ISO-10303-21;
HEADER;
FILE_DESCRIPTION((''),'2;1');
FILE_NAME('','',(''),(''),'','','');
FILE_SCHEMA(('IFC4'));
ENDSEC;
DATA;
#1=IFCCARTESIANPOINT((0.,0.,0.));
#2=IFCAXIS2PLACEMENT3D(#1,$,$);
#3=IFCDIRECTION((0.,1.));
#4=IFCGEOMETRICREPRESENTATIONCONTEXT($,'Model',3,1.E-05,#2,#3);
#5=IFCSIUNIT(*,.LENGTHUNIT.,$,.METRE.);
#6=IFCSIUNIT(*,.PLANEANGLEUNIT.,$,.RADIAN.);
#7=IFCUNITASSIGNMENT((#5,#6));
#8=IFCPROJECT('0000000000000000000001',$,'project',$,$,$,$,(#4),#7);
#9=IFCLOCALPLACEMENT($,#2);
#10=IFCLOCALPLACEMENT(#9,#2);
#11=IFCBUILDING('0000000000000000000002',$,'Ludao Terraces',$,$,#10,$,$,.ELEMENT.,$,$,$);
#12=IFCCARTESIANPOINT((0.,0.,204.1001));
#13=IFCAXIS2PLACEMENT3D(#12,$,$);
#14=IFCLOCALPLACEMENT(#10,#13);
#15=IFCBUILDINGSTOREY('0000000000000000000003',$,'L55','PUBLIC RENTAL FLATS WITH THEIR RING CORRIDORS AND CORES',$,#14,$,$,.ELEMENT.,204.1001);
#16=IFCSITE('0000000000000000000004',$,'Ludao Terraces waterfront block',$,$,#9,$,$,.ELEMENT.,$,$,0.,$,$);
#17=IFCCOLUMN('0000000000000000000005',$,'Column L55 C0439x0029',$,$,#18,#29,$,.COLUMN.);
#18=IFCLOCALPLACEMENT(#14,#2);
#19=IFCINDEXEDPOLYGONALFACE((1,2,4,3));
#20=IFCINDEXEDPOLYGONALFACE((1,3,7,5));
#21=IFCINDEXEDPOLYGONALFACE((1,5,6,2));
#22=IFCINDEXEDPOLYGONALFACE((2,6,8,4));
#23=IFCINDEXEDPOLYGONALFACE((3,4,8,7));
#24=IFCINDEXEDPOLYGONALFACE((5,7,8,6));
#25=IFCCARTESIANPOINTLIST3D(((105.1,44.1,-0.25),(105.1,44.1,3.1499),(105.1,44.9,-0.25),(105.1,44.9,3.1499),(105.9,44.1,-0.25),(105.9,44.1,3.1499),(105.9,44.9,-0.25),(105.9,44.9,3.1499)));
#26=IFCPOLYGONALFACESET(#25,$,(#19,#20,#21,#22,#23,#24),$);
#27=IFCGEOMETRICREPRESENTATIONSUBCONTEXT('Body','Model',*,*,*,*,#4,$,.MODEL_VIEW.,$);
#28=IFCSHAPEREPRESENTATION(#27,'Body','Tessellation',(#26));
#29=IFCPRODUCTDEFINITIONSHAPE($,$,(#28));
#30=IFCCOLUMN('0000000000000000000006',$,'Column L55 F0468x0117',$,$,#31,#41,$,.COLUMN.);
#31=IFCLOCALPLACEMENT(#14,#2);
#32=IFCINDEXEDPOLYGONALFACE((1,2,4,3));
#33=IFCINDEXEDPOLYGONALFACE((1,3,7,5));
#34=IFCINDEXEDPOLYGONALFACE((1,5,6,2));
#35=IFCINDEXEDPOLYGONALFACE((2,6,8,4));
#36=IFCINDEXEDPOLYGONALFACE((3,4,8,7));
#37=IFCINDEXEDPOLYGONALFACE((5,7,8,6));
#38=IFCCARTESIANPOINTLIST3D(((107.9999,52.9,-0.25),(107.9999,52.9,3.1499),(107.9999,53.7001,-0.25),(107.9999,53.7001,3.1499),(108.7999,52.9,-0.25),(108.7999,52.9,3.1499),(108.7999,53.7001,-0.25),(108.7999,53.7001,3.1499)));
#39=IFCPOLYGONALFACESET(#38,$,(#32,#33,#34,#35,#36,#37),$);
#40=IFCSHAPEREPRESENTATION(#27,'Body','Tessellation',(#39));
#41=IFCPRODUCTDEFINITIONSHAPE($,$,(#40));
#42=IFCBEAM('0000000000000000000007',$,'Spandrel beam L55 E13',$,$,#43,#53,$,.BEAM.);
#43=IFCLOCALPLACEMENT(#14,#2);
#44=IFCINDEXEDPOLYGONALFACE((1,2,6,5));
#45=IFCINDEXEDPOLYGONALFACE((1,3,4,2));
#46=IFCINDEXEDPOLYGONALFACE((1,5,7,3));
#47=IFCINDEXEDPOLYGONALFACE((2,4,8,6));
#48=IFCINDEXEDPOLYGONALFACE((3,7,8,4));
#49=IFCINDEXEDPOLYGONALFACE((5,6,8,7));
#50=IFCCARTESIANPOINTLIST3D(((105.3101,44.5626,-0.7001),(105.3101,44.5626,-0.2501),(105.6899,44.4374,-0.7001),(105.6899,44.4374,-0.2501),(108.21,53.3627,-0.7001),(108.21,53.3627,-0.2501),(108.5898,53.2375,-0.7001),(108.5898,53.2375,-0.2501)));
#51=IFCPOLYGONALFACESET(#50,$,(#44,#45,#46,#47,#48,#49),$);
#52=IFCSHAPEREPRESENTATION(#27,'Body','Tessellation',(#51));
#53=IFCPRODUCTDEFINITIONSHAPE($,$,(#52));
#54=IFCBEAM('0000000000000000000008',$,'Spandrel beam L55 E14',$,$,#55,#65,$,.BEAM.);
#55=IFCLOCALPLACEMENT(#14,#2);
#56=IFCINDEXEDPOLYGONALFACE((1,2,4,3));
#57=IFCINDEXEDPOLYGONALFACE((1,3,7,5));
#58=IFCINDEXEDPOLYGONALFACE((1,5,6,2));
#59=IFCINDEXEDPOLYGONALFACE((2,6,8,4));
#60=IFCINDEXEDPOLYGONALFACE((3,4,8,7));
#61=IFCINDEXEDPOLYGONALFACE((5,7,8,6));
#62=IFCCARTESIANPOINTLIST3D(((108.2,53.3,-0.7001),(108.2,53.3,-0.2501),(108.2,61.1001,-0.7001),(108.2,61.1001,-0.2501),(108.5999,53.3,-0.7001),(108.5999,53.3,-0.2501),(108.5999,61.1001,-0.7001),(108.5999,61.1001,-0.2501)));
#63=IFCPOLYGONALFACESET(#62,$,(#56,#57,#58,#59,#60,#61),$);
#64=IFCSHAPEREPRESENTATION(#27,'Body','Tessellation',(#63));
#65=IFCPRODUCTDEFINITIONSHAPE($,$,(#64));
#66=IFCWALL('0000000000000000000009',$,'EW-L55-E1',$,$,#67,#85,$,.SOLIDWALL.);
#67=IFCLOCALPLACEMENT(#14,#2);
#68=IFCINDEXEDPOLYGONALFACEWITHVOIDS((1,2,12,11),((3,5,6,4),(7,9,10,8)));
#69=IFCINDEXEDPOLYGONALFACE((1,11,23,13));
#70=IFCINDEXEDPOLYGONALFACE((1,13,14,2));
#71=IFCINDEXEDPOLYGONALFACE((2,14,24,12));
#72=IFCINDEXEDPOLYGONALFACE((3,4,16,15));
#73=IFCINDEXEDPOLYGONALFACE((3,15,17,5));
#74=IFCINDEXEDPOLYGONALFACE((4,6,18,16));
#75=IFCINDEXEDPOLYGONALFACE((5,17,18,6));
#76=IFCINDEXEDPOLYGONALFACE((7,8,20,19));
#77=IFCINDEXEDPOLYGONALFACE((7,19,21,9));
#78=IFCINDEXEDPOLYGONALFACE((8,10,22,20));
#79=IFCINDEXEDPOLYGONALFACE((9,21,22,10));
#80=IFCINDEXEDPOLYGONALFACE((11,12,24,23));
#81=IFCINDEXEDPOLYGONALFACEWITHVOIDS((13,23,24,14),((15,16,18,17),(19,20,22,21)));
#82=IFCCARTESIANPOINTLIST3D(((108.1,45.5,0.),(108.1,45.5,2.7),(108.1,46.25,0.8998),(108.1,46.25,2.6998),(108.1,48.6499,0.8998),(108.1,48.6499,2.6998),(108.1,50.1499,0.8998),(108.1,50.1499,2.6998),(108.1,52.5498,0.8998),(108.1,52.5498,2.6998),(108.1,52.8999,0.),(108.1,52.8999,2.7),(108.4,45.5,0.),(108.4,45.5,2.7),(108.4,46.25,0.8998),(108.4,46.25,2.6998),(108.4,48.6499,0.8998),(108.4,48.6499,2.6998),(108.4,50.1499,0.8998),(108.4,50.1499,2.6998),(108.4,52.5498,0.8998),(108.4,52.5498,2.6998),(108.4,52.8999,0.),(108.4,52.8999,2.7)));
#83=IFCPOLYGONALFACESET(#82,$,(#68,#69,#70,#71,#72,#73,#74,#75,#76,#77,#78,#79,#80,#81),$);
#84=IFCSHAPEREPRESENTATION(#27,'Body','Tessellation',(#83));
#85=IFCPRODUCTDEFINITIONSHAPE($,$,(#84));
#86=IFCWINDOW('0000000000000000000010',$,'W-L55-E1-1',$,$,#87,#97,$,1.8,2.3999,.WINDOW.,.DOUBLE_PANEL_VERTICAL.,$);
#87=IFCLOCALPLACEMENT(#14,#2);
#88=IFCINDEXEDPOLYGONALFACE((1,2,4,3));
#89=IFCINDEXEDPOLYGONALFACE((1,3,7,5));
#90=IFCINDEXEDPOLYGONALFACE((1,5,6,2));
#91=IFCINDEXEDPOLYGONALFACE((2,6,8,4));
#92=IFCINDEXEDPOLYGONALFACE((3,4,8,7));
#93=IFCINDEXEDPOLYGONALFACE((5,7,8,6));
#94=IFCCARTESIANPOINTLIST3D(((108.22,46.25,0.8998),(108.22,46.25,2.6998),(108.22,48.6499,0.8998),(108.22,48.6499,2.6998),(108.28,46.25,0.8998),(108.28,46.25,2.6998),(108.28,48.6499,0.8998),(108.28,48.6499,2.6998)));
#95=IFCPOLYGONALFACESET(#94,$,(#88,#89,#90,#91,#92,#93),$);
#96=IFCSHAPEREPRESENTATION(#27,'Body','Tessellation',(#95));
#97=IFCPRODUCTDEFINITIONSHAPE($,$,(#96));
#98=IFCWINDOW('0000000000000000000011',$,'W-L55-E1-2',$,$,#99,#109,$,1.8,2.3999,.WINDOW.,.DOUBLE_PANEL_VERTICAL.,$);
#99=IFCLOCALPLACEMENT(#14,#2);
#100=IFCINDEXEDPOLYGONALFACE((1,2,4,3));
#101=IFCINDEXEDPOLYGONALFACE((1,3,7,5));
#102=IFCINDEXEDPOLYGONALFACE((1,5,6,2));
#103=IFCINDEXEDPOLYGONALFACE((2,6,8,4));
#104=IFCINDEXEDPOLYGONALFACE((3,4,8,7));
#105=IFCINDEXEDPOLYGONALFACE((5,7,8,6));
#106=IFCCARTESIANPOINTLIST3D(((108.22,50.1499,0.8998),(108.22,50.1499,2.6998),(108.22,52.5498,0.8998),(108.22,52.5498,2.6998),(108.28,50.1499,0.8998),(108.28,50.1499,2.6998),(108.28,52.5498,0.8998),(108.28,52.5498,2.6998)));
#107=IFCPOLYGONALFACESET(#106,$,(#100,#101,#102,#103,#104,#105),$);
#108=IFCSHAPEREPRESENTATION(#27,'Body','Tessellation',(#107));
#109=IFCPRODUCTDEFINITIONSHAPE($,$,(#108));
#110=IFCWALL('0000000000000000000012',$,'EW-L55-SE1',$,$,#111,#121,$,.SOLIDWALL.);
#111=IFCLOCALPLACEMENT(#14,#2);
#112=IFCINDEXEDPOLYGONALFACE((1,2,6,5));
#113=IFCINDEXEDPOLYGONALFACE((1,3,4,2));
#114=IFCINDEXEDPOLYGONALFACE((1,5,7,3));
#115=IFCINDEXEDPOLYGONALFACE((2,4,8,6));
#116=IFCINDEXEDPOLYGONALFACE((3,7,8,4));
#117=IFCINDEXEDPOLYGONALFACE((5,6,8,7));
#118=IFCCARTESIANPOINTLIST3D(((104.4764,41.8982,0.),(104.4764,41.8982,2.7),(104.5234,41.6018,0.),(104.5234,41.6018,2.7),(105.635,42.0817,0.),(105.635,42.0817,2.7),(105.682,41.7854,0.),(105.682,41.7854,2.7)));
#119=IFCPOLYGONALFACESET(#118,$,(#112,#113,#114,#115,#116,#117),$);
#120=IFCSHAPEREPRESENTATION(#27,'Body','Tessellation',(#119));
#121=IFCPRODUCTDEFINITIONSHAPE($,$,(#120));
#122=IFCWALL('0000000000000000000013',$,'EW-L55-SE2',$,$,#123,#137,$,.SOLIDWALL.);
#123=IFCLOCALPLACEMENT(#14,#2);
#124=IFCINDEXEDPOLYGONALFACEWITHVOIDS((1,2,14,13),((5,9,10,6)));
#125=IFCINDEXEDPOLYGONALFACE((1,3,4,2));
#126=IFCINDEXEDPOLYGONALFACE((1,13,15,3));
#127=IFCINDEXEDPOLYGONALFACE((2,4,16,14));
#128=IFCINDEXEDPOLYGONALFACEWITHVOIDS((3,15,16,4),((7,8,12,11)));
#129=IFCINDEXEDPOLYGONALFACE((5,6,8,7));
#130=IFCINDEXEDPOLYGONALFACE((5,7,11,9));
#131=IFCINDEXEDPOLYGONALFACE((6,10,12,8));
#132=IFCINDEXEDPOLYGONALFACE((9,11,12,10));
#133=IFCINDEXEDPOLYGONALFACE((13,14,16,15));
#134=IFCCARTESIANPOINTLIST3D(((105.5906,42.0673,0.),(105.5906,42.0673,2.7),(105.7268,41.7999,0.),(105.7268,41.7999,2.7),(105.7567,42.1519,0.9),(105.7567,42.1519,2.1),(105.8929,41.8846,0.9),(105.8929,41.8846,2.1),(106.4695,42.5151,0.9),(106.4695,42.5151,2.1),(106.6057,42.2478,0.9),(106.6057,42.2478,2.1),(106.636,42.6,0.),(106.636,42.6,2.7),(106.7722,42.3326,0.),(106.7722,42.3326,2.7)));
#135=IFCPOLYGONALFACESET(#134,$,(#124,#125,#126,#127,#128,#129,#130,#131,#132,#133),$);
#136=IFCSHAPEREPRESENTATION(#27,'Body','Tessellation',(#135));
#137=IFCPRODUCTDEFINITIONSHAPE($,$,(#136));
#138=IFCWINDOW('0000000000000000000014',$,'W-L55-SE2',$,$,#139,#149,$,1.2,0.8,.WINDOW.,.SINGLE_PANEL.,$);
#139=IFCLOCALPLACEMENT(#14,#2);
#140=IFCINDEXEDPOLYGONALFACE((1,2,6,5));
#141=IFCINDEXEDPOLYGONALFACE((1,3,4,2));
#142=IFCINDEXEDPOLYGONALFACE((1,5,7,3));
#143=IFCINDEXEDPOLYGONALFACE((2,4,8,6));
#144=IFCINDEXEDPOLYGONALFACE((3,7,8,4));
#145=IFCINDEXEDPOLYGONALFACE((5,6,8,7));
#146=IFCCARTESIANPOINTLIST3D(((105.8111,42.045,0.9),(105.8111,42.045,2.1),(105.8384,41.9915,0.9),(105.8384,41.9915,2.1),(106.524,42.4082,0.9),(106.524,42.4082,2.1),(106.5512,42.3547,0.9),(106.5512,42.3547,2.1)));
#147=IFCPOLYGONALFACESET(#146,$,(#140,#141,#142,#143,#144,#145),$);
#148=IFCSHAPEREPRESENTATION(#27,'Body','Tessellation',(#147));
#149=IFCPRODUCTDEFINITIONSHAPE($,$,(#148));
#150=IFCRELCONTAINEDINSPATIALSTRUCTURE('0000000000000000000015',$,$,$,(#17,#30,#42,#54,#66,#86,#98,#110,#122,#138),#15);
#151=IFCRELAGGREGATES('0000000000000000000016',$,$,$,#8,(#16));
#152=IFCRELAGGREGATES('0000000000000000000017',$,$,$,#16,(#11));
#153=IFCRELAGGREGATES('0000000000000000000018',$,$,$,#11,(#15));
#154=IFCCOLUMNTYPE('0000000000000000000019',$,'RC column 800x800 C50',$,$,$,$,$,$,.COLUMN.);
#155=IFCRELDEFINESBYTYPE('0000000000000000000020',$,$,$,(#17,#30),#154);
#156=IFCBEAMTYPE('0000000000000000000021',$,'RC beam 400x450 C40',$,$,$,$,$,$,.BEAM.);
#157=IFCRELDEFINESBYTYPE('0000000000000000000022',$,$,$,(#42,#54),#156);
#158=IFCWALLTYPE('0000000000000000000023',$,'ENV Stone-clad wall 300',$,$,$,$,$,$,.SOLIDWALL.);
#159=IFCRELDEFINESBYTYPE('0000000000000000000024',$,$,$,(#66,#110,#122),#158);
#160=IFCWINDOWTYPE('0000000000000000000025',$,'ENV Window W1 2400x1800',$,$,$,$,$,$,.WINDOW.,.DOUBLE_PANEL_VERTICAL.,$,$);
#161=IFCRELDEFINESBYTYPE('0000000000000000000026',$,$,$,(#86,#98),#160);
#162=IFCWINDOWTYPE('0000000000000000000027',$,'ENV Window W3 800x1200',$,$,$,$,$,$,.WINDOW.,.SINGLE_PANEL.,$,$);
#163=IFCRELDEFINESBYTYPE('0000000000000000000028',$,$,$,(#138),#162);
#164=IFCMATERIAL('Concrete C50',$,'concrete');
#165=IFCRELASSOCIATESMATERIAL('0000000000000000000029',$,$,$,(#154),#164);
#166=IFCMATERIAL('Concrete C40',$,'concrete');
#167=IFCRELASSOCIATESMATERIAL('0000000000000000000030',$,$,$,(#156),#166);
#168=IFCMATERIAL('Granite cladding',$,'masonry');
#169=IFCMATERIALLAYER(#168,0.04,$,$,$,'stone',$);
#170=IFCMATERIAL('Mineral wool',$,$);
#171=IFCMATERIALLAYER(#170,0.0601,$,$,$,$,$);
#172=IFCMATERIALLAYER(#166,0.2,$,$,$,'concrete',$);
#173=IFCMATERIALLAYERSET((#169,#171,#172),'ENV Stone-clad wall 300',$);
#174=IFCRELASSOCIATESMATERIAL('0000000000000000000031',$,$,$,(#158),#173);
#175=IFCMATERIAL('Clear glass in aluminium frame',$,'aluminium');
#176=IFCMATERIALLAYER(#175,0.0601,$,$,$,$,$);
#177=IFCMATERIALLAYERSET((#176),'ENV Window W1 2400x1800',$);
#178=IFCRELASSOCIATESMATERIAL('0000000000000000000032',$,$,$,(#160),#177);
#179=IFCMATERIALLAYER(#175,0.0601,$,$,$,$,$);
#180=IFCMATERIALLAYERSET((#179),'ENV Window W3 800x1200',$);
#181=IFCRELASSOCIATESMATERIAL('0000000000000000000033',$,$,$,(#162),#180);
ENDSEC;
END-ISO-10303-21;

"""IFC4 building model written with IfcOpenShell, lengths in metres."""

from ifc_helpers import new_model, si_unit, direction, frame, frame_2d, origin, origin_2d, place, context, subcontext, project, spatial, rectangle, extrude, material, layer, layer_set, material_profile, profile_set, type_object, element, fill, save


model = new_model("IFC4")

# Units and contexts
model_context = context("Model", 3, precision=1e-05, world=origin(), true_north=direction((0.0, 1.0)))
body_context = subcontext(model_context, "Body", "Model", "MODEL_VIEW")
ifc_project = project(units=[si_unit("LENGTHUNIT", "METRE"), si_unit("PLANEANGLEUNIT", "RADIAN")], contexts=[model_context])

# Site, building, storey
site_placement = place(None, origin())
site = spatial("IfcSite", under=ifc_project, at=site_placement, Name="Ludao Terraces waterfront block", CompositionType="ELEMENT", RefElevation=0.0)
building_placement = place(site_placement, origin())
building = spatial("IfcBuilding", under=site, at=building_placement, Name="Ludao Terraces", CompositionType="ELEMENT")
storey_placement = place(building_placement, frame((0.0, 0.0, 204.1001)))
storey = spatial("IfcBuildingStorey", under=building, at=storey_placement, Name="L55", Description="PUBLIC RENTAL FLATS WITH THEIR RING CORRIDORS AND CORES", CompositionType="ELEMENT", Elevation=204.1001)

# Columns
ifc_material_1 = material(Name="Concrete C50", Category="concrete")
ifc_material_profile_1 = material_profile(ifc_material_1, rectangle(XDim=0.8, YDim=0.8, at=origin_2d()), Name="800 X 800")
ifc_profile_set_1 = profile_set([ifc_material_profile_1], Name="Concrete C50")
column_type = type_object("IfcColumnType", Name="RC column 800x800 C50", PredefinedType="COLUMN", material=ifc_profile_set_1)
for number, where, z_axis, x_axis, name in (
    (1, (105.5, 44.5, -0.25), (0.0, 0.0, 1.0), (1.0, 0.0, 0.0), "Column L55 C0439x0029"),
    (2, (108.3999, 53.3, -0.25), (0.0, 0.0, 1.0), (1.0, 0.0, 0.0), "Column L55 F0468x0117"),
):
    element("IfcColumn", number, at=place(storey_placement, frame(where, z_axis=z_axis, x_axis=x_axis)), inside=storey, type_object=column_type, Name=name, PredefinedType="COLUMN", context=body_context, shape_type="SweptSolid", body=[
        extrude(rectangle(XDim=0.8, YDim=0.8, at=origin_2d()), origin(), (0.0, 0.0, 1.0), 3.3999),
    ])

# Beams
ifc_material_2 = material(Name="Concrete C40", Category="concrete")
ifc_material_profile_2 = material_profile(ifc_material_2, rectangle(XDim=0.3999, YDim=0.45, at=origin_2d()), Name="400 X 450")
ifc_profile_set_2 = profile_set([ifc_material_profile_2], Name="Concrete C40")
beam_type = type_object("IfcBeamType", Name="RC beam 400x450 C40", PredefinedType="BEAM", material=ifc_profile_set_2)
beam_1_placement = place(storey_placement, frame((105.5, 44.5, -0.4751), z_axis=(0.312977, 0.949761, 0.0), x_axis=(-0.949761, 0.312977, 0.0)))
element("IfcBeam", 3, at=beam_1_placement, inside=storey, type_object=beam_type, Name="Spandrel beam L55 E13", PredefinedType="BEAM", context=body_context, shape_type="SweptSolid", body=[
    extrude(rectangle(XDim=0.3999, YDim=0.45, at=origin_2d()), origin(), (0.0, 0.0, 1.0), 9.2656),
])
beam_2_placement = place(storey_placement, frame((108.3999, 53.3, -0.4751), z_axis=(0.0, 1.0, 0.0), x_axis=(-1.0, 0.0, 0.0)))
element("IfcBeam", 4, at=beam_2_placement, inside=storey, type_object=beam_type, Name="Spandrel beam L55 E14", PredefinedType="BEAM", context=body_context, shape_type="SweptSolid", body=[
    extrude(rectangle(XDim=0.3999, YDim=0.45, at=origin_2d()), origin(), (0.0, 0.0, 1.0), 7.8),
])

# Wall, openings, windows
ifc_material_3 = material(Name="Granite cladding", Category="masonry")
ifc_layer_1 = layer(ifc_material_3, 0.04, Category="stone")
ifc_material_4 = material(Name="Mineral wool")
ifc_layer_2 = layer(ifc_material_4, 0.0601)
ifc_layer_3 = layer(ifc_material_2, 0.2, Category="concrete")
ifc_layer_set_1 = layer_set([ifc_layer_1, ifc_layer_2, ifc_layer_3], Name="ENV Stone-clad wall 300")
wall_type_1 = type_object("IfcWallType", Name="ENV Stone-clad wall 300", PredefinedType="SOLIDWALL", material=ifc_layer_set_1)
wall_1_placement = place(storey_placement, frame((108.25, 45.5, 0.0), z_axis=(0.0, 0.0, 1.0), x_axis=(0.0, 1.0, 0.0)))
wall_1 = element("IfcWall", 5, at=wall_1_placement, inside=storey, type_object=wall_type_1, Name="EW-L55-E1", PredefinedType="SOLIDWALL", context=body_context, shape_type="SweptSolid", body=[
    extrude(rectangle(XDim=7.3999, YDim=0.3, at=frame_2d((3.7, 0.0))), origin(), (0.0, 0.0, 1.0), 2.7),
])
opening_1_placement = place(wall_1_placement, frame((0.75, 0.0, 0.8999)))
opening_1 = element("IfcOpeningElement", 6, at=opening_1_placement, cuts=wall_1, PredefinedType="OPENING", context=body_context, shape_type="SweptSolid", body=[
    extrude(rectangle(XDim=2.3999, YDim=1.8, at=frame_2d((1.2, 0.8999))), frame((0.0, 0.1602, 0.0), z_axis=(0.0, -1.0, 0.0), x_axis=(1.0, 0.0, 0.0)), (0.0, 0.0, 1.0), 0.3201),
])
opening_2_placement = place(wall_1_placement, frame((4.6499, 0.0, 0.8999)))
opening_2 = element("IfcOpeningElement", 7, at=opening_2_placement, cuts=wall_1, PredefinedType="OPENING", context=body_context, shape_type="SweptSolid", body=[
    extrude(rectangle(XDim=2.3999, YDim=1.8, at=frame_2d((1.2, 0.8999))), frame((0.0, 0.1602, 0.0), z_axis=(0.0, -1.0, 0.0), x_axis=(1.0, 0.0, 0.0)), (0.0, 0.0, 1.0), 0.3201),
])
ifc_material_5 = material(Name="Clear glass in aluminium frame", Category="aluminium")
ifc_layer_4 = layer(ifc_material_5, 0.0601)
ifc_layer_set_2 = layer_set([ifc_layer_4], Name="ENV Window W1 2400x1800")
window_type_1 = type_object("IfcWindowType", Name="ENV Window W1 2400x1800", PartitioningType="DOUBLE_PANEL_VERTICAL", PredefinedType="WINDOW", material=ifc_layer_set_2)
window_1_placement = place(opening_1_placement, origin())
window_1 = element("IfcWindow", 8, at=window_1_placement, inside=storey, type_object=window_type_1, Name="W-L55-E1-1", OverallHeight=1.8, OverallWidth=2.3999, PartitioningType="DOUBLE_PANEL_VERTICAL", PredefinedType="WINDOW", context=body_context, shape_type="SweptSolid", body=[
    extrude(rectangle(XDim=2.3999, YDim=1.8, at=frame_2d((1.2, 0.8999))), frame((0.0, 0.03, 0.0), z_axis=(0.0, -1.0, 0.0), x_axis=(1.0, 0.0, 0.0)), (0.0, 0.0, 1.0), 0.0601),
])
fill(opening_1, window_1)
window_2_placement = place(opening_2_placement, origin())
window_2 = element("IfcWindow", 9, at=window_2_placement, inside=storey, type_object=window_type_1, Name="W-L55-E1-2", OverallHeight=1.8, OverallWidth=2.3999, PartitioningType="DOUBLE_PANEL_VERTICAL", PredefinedType="WINDOW", context=body_context, shape_type="SweptSolid", body=[
    extrude(rectangle(XDim=2.3999, YDim=1.8, at=frame_2d((1.2, 0.8999))), frame((0.0, 0.03, 0.0), z_axis=(0.0, -1.0, 0.0), x_axis=(1.0, 0.0, 0.0)), (0.0, 0.0, 1.0), 0.0601),
])
fill(opening_2, window_2)

# Wall
wall_2_placement = place(storey_placement, frame((104.5, 41.75, 0.0), z_axis=(0.0, 0.0, 1.0), x_axis=(0.987678, 0.156497, 0.0)))
element("IfcWall", 10, at=wall_2_placement, inside=storey, type_object=wall_type_1, Name="EW-L55-SE1", PredefinedType="SOLIDWALL", context=body_context, shape_type="SweptSolid", body=[
    extrude(rectangle(XDim=1.1731, YDim=0.3, at=frame_2d((0.5864, 0.0))), origin(), (0.0, 0.0, 1.0), 2.7),
])

# Wall, opening, window
wall_3_placement = place(storey_placement, frame((105.6587, 41.9336, 0.0), z_axis=(0.0, 0.0, 1.0), x_axis=(0.890989, 0.454026, 0.0)))
wall_3 = element("IfcWall", 11, at=wall_3_placement, inside=storey, type_object=wall_type_1, Name="EW-L55-SE2", PredefinedType="SOLIDWALL", context=body_context, shape_type="SweptSolid", body=[
    extrude(rectangle(XDim=1.1733, YDim=0.3, at=frame_2d((0.5867, 0.0))), origin(), (0.0, 0.0, 1.0), 2.7),
])
opening_3_placement = place(wall_3_placement, frame((0.1865, 0.0, 0.8999)))
opening_3 = element("IfcOpeningElement", 12, at=opening_3_placement, cuts=wall_3, PredefinedType="OPENING", context=body_context, shape_type="SweptSolid", body=[
    extrude(rectangle(XDim=0.8, YDim=1.2, at=frame_2d((0.3999, 0.6001))), frame((0.0, 0.1602, 0.0), z_axis=(0.0, -1.0, 0.0), x_axis=(1.0, 0.0, 0.0)), (0.0, 0.0, 1.0), 0.3201),
])
ifc_layer_5 = layer(ifc_material_5, 0.0601)
ifc_layer_set_3 = layer_set([ifc_layer_5], Name="ENV Window W3 800x1200")
window_type_2 = type_object("IfcWindowType", Name="ENV Window W3 800x1200", PartitioningType="SINGLE_PANEL", PredefinedType="WINDOW", material=ifc_layer_set_3)
window_3_placement = place(opening_3_placement, origin())
window_3 = element("IfcWindow", 13, at=window_3_placement, inside=storey, type_object=window_type_2, Name="W-L55-SE2", OverallHeight=1.2, OverallWidth=0.8, PartitioningType="SINGLE_PANEL", PredefinedType="WINDOW", context=body_context, shape_type="SweptSolid", body=[
    extrude(rectangle(XDim=0.8, YDim=1.2, at=frame_2d((0.3999, 0.6001))), frame((0.0, 0.03, 0.0), z_axis=(0.0, -1.0, 0.0), x_axis=(1.0, 0.0, 0.0)), (0.0, 0.0, 1.0), 0.0601),
])
fill(opening_3, window_3)

save(model, "model.ifc")
